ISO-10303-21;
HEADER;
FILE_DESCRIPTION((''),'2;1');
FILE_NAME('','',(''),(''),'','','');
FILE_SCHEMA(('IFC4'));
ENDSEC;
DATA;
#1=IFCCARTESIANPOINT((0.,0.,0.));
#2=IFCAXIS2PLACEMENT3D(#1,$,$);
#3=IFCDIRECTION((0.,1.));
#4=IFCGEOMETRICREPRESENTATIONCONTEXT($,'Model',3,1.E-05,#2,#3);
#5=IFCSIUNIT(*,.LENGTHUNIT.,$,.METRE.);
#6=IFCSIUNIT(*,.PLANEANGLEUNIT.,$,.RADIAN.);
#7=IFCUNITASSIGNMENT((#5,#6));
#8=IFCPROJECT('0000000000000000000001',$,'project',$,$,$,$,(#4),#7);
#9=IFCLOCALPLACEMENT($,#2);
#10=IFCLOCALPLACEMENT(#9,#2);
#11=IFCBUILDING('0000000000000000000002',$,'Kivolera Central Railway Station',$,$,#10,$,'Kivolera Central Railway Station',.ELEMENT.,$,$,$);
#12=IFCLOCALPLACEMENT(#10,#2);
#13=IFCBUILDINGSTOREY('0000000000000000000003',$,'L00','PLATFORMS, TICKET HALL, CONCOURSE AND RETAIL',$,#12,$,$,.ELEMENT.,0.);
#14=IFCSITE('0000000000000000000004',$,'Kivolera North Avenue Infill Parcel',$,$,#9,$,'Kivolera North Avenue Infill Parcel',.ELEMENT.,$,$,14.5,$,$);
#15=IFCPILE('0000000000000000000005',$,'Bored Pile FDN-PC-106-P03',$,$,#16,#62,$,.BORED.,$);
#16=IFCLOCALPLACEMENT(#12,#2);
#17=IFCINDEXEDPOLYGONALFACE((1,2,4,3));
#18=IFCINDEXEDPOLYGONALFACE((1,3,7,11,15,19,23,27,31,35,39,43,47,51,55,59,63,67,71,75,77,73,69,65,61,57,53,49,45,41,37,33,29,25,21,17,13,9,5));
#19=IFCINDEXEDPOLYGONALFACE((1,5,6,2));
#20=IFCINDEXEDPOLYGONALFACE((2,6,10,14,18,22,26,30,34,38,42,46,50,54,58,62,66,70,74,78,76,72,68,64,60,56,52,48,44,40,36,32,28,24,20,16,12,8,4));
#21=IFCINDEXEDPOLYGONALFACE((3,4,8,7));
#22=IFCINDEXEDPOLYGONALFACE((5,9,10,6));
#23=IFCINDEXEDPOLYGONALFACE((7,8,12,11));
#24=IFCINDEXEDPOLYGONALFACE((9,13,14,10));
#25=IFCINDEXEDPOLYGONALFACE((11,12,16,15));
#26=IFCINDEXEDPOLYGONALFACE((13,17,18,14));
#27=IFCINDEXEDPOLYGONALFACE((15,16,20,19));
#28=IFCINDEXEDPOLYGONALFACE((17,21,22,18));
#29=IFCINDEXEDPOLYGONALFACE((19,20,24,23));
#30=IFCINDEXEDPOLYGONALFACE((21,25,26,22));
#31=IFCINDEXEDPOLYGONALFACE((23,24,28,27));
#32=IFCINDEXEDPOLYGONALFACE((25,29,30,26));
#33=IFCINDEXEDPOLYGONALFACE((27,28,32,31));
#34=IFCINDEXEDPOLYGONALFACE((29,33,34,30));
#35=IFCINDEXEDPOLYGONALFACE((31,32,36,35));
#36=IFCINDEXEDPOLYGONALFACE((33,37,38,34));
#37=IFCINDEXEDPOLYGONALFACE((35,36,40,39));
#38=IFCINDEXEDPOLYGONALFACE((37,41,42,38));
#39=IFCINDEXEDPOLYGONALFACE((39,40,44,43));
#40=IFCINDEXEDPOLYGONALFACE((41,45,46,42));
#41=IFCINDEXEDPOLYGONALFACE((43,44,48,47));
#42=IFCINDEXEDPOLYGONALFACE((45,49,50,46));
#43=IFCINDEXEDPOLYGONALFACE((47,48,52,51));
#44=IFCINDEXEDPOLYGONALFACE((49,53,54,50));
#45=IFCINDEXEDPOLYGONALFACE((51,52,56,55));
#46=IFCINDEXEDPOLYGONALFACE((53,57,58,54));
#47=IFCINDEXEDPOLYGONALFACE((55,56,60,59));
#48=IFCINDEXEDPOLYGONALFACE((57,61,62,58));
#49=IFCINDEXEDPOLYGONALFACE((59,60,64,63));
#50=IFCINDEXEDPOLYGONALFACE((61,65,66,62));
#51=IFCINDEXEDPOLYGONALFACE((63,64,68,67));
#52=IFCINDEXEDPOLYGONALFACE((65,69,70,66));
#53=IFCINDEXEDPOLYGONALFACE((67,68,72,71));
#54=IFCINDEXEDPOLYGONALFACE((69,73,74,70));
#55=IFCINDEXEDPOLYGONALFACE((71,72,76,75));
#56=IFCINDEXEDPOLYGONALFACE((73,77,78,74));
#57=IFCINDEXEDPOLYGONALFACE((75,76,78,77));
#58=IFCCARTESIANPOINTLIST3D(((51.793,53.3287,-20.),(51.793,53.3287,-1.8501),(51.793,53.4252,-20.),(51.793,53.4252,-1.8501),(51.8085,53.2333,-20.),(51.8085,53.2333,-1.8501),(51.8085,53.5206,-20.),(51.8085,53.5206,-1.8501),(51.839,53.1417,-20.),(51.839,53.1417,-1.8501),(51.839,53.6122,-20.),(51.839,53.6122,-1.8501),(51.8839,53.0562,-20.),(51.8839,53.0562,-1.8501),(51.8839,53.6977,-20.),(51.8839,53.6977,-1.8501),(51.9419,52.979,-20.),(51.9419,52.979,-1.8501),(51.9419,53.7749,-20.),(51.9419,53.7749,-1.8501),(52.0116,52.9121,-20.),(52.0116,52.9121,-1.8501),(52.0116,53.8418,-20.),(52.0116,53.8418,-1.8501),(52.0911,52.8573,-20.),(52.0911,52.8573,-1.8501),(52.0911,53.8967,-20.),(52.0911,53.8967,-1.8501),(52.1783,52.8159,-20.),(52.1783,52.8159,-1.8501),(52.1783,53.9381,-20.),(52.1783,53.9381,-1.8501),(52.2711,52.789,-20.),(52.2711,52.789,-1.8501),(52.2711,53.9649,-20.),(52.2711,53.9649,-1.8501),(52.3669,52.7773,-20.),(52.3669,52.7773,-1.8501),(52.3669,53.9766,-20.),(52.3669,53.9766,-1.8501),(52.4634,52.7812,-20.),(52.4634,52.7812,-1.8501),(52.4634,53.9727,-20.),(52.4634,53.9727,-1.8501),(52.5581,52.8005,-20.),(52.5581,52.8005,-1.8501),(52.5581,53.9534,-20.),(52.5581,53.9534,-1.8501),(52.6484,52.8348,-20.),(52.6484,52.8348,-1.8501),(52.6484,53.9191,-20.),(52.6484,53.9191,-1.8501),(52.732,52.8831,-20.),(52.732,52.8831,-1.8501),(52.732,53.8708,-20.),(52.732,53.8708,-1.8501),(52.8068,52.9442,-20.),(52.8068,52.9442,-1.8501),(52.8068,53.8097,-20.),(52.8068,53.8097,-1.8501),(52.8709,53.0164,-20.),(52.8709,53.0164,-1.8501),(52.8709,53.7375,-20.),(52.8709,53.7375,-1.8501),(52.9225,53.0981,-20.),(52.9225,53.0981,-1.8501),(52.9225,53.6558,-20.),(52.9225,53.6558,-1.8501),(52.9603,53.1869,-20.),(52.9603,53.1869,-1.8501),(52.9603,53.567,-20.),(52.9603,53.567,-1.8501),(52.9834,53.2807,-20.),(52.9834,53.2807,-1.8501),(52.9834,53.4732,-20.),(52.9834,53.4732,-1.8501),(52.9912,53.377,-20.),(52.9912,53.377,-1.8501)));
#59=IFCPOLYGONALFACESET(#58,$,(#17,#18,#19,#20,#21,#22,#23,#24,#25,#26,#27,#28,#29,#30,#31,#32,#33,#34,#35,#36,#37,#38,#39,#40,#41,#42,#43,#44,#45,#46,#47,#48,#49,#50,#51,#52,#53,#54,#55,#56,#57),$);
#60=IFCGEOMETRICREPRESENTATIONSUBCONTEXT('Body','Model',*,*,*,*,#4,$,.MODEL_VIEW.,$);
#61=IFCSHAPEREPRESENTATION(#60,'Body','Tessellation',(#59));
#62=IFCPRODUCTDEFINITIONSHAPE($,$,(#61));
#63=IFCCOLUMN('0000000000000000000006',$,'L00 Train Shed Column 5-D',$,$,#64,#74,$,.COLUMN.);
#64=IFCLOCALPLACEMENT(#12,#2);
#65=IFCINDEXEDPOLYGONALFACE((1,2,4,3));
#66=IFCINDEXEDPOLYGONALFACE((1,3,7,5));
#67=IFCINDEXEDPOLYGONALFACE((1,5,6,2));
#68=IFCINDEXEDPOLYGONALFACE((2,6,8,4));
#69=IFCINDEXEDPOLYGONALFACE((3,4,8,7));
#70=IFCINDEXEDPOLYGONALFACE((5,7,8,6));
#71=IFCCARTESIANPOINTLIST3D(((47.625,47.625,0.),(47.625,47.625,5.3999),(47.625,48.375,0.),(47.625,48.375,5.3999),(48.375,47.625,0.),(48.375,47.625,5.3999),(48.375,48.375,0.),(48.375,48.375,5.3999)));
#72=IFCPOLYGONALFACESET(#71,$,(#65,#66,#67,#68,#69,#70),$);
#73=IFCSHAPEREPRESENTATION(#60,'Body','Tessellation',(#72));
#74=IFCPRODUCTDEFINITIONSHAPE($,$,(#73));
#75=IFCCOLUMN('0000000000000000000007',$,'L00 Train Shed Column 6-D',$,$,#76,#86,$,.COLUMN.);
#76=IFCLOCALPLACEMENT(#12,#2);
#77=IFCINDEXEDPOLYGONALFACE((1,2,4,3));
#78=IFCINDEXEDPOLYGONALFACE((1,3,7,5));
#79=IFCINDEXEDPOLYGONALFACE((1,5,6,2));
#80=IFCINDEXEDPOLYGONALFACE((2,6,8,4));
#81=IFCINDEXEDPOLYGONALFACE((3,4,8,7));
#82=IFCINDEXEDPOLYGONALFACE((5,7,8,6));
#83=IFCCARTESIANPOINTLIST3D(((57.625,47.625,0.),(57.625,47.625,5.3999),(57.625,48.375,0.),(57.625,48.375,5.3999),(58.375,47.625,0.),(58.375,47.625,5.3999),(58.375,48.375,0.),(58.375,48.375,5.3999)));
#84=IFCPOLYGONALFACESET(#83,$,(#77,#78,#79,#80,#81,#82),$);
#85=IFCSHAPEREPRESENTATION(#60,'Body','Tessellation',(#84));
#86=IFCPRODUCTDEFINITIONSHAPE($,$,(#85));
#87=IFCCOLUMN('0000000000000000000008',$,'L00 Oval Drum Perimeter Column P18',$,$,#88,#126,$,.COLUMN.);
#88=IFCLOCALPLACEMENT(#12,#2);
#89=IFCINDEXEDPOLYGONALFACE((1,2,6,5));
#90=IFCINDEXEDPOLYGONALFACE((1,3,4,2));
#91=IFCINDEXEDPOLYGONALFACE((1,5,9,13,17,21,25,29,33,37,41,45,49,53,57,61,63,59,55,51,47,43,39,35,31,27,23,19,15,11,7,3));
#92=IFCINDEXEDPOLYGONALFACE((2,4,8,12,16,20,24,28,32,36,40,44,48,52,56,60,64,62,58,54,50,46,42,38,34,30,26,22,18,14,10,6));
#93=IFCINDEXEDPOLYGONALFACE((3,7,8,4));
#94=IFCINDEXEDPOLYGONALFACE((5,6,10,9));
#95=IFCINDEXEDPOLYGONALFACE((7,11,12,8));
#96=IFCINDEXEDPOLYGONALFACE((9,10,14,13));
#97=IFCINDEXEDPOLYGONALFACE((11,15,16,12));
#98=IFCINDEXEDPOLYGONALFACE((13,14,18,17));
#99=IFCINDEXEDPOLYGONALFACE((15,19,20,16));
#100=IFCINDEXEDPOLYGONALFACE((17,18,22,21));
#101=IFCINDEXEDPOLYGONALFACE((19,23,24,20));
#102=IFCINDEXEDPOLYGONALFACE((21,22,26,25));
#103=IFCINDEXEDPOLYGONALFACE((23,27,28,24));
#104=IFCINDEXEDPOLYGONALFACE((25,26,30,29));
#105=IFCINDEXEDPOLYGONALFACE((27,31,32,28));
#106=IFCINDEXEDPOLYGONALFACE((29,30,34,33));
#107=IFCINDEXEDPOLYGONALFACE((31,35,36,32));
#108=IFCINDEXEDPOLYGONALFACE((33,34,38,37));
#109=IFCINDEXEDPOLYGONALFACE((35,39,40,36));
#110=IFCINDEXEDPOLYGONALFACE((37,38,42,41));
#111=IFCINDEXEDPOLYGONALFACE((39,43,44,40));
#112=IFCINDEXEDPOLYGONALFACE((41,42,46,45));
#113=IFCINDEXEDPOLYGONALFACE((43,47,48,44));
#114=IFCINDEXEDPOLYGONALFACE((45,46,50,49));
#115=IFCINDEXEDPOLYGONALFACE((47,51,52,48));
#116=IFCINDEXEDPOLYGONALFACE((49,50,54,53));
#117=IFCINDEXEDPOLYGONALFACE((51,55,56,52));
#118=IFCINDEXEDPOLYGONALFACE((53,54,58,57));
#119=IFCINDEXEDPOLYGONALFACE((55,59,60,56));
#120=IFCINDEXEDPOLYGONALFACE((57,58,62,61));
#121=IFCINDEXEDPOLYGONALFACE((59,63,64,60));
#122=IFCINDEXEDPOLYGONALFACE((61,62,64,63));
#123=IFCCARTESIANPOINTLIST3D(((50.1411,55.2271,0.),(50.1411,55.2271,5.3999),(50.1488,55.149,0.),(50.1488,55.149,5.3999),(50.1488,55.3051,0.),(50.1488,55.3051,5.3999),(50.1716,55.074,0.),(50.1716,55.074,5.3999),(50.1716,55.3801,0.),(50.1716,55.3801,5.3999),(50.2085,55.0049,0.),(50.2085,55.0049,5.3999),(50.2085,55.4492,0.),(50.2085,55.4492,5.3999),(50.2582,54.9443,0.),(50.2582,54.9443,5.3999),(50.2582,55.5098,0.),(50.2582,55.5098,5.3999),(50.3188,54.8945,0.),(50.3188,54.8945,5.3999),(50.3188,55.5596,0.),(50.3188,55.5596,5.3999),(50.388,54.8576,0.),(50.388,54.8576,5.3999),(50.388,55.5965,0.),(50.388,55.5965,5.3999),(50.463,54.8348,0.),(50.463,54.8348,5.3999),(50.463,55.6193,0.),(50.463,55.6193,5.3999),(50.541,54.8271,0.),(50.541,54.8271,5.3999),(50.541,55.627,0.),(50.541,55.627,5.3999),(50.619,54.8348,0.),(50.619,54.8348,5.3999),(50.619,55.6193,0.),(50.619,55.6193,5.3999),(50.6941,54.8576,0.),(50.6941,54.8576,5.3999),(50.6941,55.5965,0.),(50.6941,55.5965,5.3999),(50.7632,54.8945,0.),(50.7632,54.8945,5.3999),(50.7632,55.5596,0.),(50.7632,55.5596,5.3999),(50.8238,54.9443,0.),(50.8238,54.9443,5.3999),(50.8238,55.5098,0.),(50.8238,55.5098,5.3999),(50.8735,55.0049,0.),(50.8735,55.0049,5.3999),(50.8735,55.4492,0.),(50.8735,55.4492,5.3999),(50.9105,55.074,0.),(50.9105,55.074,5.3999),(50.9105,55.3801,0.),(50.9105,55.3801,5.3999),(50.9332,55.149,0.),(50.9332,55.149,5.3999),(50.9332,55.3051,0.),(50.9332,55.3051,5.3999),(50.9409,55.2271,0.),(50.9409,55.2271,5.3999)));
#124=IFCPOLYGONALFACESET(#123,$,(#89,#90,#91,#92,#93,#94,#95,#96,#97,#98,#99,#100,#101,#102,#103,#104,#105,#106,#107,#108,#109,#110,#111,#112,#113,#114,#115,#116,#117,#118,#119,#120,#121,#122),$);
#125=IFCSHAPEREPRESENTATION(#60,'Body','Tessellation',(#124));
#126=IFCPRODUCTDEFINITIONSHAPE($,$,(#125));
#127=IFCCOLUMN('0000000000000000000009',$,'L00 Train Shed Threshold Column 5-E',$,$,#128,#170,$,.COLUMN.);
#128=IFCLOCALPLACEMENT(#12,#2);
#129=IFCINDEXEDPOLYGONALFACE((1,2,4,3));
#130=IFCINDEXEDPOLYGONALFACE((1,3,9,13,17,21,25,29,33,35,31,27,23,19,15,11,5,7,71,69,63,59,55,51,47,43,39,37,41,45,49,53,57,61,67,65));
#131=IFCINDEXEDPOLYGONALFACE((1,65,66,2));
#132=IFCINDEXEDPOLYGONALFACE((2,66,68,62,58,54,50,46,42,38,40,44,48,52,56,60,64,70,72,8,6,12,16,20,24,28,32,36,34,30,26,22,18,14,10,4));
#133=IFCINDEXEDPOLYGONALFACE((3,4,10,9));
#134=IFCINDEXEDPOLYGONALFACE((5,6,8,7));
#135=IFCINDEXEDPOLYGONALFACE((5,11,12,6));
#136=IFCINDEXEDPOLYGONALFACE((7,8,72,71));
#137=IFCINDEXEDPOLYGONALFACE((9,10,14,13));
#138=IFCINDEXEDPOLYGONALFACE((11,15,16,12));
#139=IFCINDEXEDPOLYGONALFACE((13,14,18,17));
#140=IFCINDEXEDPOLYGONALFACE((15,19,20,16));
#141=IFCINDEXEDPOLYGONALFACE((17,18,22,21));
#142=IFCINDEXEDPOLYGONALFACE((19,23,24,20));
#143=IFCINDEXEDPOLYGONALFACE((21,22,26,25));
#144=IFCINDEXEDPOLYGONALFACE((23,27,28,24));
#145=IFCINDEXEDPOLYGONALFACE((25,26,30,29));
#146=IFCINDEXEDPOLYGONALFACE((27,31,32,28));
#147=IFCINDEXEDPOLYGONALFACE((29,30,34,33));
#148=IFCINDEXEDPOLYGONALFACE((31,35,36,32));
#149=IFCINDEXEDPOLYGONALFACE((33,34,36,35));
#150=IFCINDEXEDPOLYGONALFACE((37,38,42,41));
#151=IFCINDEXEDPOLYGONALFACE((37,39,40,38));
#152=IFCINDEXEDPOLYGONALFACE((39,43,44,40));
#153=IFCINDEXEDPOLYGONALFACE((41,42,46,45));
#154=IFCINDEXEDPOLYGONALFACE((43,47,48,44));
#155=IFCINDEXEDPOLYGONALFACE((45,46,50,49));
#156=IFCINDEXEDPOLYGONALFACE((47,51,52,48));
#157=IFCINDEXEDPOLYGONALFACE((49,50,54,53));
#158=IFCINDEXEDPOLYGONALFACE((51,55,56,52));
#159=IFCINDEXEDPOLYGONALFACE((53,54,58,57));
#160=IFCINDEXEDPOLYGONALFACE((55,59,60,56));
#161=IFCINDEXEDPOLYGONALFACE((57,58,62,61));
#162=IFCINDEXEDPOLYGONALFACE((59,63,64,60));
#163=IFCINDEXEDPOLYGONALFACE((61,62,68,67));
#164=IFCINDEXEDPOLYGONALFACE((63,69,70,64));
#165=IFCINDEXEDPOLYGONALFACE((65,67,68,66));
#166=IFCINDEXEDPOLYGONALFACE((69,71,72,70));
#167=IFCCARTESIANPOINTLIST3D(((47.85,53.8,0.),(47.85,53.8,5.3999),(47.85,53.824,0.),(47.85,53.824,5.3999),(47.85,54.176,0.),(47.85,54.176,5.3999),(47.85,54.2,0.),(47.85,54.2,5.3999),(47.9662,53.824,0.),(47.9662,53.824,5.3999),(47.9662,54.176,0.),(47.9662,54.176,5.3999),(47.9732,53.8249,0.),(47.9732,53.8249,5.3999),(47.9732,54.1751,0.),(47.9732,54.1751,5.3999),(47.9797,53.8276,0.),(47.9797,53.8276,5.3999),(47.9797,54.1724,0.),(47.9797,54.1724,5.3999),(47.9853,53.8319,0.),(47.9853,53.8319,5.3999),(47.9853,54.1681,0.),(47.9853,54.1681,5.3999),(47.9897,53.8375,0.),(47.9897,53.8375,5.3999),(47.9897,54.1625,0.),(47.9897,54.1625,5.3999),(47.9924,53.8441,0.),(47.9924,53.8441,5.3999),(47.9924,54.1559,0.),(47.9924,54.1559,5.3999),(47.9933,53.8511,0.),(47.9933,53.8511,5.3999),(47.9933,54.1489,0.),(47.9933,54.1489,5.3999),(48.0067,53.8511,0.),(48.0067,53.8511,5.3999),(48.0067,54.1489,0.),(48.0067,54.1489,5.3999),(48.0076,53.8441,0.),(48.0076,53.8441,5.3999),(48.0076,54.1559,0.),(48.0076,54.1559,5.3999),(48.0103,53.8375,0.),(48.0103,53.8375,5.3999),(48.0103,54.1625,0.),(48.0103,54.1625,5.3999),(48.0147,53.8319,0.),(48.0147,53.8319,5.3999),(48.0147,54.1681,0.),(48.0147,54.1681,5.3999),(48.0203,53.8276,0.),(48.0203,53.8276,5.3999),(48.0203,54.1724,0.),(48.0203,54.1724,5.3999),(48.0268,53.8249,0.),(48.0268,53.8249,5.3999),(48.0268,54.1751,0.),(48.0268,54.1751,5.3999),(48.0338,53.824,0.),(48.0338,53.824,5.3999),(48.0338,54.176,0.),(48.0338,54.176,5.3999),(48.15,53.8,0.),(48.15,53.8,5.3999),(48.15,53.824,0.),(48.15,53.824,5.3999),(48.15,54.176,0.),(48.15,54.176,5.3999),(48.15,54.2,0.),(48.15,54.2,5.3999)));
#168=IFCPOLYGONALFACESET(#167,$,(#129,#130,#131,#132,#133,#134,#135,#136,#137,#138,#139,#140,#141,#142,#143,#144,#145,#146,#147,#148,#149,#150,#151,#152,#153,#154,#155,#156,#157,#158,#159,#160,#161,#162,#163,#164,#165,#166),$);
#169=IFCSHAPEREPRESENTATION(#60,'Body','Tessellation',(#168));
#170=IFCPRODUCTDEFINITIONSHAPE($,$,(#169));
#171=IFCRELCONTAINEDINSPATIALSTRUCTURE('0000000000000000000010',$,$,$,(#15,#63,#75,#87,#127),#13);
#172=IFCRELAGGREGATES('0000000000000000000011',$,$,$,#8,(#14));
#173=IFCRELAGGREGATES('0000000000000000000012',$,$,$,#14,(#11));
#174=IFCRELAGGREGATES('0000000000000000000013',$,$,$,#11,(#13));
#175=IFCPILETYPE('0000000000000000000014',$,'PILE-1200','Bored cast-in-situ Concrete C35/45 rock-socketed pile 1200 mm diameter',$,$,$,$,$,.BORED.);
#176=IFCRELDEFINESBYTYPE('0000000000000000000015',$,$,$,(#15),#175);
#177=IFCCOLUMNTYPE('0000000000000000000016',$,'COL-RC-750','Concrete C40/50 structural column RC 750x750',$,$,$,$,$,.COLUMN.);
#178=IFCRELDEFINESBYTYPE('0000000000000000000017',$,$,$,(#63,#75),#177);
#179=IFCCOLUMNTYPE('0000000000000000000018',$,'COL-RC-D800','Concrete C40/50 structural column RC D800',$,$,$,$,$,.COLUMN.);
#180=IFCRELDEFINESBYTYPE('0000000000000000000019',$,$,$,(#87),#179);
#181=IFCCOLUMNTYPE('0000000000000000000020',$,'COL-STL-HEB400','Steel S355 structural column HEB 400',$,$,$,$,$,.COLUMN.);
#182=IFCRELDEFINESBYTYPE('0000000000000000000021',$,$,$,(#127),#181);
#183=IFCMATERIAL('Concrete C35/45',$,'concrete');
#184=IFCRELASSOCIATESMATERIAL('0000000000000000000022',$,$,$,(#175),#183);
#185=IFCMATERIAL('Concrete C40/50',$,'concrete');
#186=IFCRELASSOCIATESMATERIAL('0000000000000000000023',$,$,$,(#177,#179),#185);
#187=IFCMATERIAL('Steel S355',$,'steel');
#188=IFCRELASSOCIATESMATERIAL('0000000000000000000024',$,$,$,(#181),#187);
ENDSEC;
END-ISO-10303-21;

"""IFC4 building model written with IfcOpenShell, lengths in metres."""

from ifc_helpers import new_model, si_unit, direction, frame, origin, origin_2d, place, context, subcontext, project, spatial, rectangle, circle, i_section, extrude, material, material_profile, profile_set, type_object, element, save


model = new_model("IFC4")

# Units and contexts
model_context = context("Model", 3, precision=1e-05, world=origin(), true_north=direction((0.0, 1.0)))
body_context = subcontext(model_context, "Body", "Model", "MODEL_VIEW")
ifc_project = project(units=[si_unit("LENGTHUNIT", "METRE"), si_unit("PLANEANGLEUNIT", "RADIAN")], contexts=[model_context])

# Site, building, storey
site_placement = place(None, origin())
site = spatial("IfcSite", under=ifc_project, at=site_placement, Name="Kivolera North Avenue Infill Parcel", LongName="Kivolera North Avenue Infill Parcel", CompositionType="ELEMENT", RefElevation=14.5)
building_placement = place(site_placement, origin())
building = spatial("IfcBuilding", under=site, at=building_placement, Name="Kivolera Central Railway Station", LongName="Kivolera Central Railway Station", CompositionType="ELEMENT")
storey_placement = place(building_placement, origin())
storey = spatial("IfcBuildingStorey", under=building, at=storey_placement, Name="L00", Description="PLATFORMS, TICKET HALL, CONCOURSE AND RETAIL", CompositionType="ELEMENT", Elevation=0.0)

# Shared definitions
ifc_material_1 = material(Name="Concrete C35/45", Category="concrete")

# Pile
ifc_material_profile_1 = material_profile(ifc_material_1, circle(Radius=0.6001, at=origin_2d()), Name="PILE D1200")
ifc_profile_set_1 = profile_set([ifc_material_profile_1], Name="Concrete C35/45")
pile_type_1 = type_object("IfcPileType", Name="PILE-1200", Description="Bored cast-in-situ Concrete C35/45 rock-socketed pile 1200 mm diameter", PredefinedType="BORED", material=ifc_profile_set_1)
for number, where, z_axis, x_axis, name in (
    (1, (52.3911, 53.377, -1.8501), (0.0, 0.0, -1.0), (1.0, 0.0, 0.0), "Bored Pile FDN-PC-106-P03"),
):
    element("IfcPile", number, at=place(storey_placement, frame(where, z_axis=z_axis, x_axis=x_axis)), inside=storey, type_object=pile_type_1, Name=name, PredefinedType="BORED", context=body_context, shape_type="SweptSolid", body=[
        extrude(circle(Radius=0.6001, at=origin_2d()), origin(), (0.0, 0.0, 1.0), 18.1499),
    ])

# Columns
ifc_material_2 = material(Name="Concrete C40/50", Category="concrete")
ifc_material_profile_2 = material_profile(ifc_material_2, rectangle(XDim=0.75, YDim=0.75, at=origin_2d()), Name="RC 750x750")
ifc_profile_set_2 = profile_set([ifc_material_profile_2], Name="Concrete C40/50")
column_type_1 = type_object("IfcColumnType", Name="COL-RC-750", Description="Concrete C40/50 structural column RC 750x750", PredefinedType="COLUMN", material=ifc_profile_set_2)
for number, where, z_axis, x_axis, name in (
    (2, (48.0, 48.0, 0.0), (0.0, 0.0, 1.0), (1.0, 0.0, 0.0), "L00 Train Shed Column 5-D"),
    (3, (58.0, 48.0, 0.0), (0.0, 0.0, 1.0), (1.0, 0.0, 0.0), "L00 Train Shed Column 6-D"),
):
    element("IfcColumn", number, at=place(storey_placement, frame(where, z_axis=z_axis, x_axis=x_axis)), inside=storey, type_object=column_type_1, Name=name, PredefinedType="COLUMN", context=body_context, shape_type="SweptSolid", body=[
        extrude(rectangle(XDim=0.75, YDim=0.75, at=origin_2d()), origin(), (0.0, 0.0, 1.0), 5.3999),
    ])
ifc_material_profile_3 = material_profile(ifc_material_2, circle(Radius=0.3999, at=origin_2d()), Name="RC D800")
ifc_profile_set_3 = profile_set([ifc_material_profile_3], Name="Concrete C40/50")
column_type_2 = type_object("IfcColumnType", Name="COL-RC-D800", Description="Concrete C40/50 structural column RC D800", PredefinedType="COLUMN", material=ifc_profile_set_3)
column_placement = place(storey_placement, frame((50.541, 55.2271, 0.0), z_axis=(0.0, 0.0, 1.0), x_axis=(1.0, 0.0, 0.0)))
element("IfcColumn", 4, at=column_placement, inside=storey, type_object=column_type_2, Name="L00 Oval Drum Perimeter Column P18", PredefinedType="COLUMN", context=body_context, shape_type="SweptSolid", body=[
    extrude(circle(Radius=0.3999, at=origin_2d()), origin(), (0.0, 0.0, 1.0), 5.3999),
])
ifc_material_3 = material(Name="Steel S355", Category="steel")
ifc_material_profile_4 = material_profile(ifc_material_3, i_section(OverallWidth=0.3, OverallDepth=0.3999, WebThickness=0.0134, FlangeThickness=0.0239, FilletRadius=0.0271, at=origin_2d()), Name="HEB 400")
ifc_profile_set_4 = profile_set([ifc_material_profile_4], Name="Steel S355")
column_type_3 = type_object("IfcColumnType", Name="COL-STL-HEB400", Description="Steel S355 structural column HEB 400", PredefinedType="COLUMN", material=ifc_profile_set_4)
for number, where, z_axis, x_axis, name in (
    (5, (48.0, 54.0, 0.0), (0.0, 0.0, 1.0), (1.0, 0.0, 0.0), "L00 Train Shed Threshold Column 5-E"),
):
    element("IfcColumn", number, at=place(storey_placement, frame(where, z_axis=z_axis, x_axis=x_axis)), inside=storey, type_object=column_type_3, Name=name, PredefinedType="COLUMN", context=body_context, shape_type="SweptSolid", body=[
        extrude(i_section(OverallWidth=0.3, OverallDepth=0.3999, WebThickness=0.0134, FlangeThickness=0.0239, FilletRadius=0.0271, at=origin_2d()), origin(), (0.0, 0.0, 1.0), 5.3999),
    ])

save(model, "model.ifc")
